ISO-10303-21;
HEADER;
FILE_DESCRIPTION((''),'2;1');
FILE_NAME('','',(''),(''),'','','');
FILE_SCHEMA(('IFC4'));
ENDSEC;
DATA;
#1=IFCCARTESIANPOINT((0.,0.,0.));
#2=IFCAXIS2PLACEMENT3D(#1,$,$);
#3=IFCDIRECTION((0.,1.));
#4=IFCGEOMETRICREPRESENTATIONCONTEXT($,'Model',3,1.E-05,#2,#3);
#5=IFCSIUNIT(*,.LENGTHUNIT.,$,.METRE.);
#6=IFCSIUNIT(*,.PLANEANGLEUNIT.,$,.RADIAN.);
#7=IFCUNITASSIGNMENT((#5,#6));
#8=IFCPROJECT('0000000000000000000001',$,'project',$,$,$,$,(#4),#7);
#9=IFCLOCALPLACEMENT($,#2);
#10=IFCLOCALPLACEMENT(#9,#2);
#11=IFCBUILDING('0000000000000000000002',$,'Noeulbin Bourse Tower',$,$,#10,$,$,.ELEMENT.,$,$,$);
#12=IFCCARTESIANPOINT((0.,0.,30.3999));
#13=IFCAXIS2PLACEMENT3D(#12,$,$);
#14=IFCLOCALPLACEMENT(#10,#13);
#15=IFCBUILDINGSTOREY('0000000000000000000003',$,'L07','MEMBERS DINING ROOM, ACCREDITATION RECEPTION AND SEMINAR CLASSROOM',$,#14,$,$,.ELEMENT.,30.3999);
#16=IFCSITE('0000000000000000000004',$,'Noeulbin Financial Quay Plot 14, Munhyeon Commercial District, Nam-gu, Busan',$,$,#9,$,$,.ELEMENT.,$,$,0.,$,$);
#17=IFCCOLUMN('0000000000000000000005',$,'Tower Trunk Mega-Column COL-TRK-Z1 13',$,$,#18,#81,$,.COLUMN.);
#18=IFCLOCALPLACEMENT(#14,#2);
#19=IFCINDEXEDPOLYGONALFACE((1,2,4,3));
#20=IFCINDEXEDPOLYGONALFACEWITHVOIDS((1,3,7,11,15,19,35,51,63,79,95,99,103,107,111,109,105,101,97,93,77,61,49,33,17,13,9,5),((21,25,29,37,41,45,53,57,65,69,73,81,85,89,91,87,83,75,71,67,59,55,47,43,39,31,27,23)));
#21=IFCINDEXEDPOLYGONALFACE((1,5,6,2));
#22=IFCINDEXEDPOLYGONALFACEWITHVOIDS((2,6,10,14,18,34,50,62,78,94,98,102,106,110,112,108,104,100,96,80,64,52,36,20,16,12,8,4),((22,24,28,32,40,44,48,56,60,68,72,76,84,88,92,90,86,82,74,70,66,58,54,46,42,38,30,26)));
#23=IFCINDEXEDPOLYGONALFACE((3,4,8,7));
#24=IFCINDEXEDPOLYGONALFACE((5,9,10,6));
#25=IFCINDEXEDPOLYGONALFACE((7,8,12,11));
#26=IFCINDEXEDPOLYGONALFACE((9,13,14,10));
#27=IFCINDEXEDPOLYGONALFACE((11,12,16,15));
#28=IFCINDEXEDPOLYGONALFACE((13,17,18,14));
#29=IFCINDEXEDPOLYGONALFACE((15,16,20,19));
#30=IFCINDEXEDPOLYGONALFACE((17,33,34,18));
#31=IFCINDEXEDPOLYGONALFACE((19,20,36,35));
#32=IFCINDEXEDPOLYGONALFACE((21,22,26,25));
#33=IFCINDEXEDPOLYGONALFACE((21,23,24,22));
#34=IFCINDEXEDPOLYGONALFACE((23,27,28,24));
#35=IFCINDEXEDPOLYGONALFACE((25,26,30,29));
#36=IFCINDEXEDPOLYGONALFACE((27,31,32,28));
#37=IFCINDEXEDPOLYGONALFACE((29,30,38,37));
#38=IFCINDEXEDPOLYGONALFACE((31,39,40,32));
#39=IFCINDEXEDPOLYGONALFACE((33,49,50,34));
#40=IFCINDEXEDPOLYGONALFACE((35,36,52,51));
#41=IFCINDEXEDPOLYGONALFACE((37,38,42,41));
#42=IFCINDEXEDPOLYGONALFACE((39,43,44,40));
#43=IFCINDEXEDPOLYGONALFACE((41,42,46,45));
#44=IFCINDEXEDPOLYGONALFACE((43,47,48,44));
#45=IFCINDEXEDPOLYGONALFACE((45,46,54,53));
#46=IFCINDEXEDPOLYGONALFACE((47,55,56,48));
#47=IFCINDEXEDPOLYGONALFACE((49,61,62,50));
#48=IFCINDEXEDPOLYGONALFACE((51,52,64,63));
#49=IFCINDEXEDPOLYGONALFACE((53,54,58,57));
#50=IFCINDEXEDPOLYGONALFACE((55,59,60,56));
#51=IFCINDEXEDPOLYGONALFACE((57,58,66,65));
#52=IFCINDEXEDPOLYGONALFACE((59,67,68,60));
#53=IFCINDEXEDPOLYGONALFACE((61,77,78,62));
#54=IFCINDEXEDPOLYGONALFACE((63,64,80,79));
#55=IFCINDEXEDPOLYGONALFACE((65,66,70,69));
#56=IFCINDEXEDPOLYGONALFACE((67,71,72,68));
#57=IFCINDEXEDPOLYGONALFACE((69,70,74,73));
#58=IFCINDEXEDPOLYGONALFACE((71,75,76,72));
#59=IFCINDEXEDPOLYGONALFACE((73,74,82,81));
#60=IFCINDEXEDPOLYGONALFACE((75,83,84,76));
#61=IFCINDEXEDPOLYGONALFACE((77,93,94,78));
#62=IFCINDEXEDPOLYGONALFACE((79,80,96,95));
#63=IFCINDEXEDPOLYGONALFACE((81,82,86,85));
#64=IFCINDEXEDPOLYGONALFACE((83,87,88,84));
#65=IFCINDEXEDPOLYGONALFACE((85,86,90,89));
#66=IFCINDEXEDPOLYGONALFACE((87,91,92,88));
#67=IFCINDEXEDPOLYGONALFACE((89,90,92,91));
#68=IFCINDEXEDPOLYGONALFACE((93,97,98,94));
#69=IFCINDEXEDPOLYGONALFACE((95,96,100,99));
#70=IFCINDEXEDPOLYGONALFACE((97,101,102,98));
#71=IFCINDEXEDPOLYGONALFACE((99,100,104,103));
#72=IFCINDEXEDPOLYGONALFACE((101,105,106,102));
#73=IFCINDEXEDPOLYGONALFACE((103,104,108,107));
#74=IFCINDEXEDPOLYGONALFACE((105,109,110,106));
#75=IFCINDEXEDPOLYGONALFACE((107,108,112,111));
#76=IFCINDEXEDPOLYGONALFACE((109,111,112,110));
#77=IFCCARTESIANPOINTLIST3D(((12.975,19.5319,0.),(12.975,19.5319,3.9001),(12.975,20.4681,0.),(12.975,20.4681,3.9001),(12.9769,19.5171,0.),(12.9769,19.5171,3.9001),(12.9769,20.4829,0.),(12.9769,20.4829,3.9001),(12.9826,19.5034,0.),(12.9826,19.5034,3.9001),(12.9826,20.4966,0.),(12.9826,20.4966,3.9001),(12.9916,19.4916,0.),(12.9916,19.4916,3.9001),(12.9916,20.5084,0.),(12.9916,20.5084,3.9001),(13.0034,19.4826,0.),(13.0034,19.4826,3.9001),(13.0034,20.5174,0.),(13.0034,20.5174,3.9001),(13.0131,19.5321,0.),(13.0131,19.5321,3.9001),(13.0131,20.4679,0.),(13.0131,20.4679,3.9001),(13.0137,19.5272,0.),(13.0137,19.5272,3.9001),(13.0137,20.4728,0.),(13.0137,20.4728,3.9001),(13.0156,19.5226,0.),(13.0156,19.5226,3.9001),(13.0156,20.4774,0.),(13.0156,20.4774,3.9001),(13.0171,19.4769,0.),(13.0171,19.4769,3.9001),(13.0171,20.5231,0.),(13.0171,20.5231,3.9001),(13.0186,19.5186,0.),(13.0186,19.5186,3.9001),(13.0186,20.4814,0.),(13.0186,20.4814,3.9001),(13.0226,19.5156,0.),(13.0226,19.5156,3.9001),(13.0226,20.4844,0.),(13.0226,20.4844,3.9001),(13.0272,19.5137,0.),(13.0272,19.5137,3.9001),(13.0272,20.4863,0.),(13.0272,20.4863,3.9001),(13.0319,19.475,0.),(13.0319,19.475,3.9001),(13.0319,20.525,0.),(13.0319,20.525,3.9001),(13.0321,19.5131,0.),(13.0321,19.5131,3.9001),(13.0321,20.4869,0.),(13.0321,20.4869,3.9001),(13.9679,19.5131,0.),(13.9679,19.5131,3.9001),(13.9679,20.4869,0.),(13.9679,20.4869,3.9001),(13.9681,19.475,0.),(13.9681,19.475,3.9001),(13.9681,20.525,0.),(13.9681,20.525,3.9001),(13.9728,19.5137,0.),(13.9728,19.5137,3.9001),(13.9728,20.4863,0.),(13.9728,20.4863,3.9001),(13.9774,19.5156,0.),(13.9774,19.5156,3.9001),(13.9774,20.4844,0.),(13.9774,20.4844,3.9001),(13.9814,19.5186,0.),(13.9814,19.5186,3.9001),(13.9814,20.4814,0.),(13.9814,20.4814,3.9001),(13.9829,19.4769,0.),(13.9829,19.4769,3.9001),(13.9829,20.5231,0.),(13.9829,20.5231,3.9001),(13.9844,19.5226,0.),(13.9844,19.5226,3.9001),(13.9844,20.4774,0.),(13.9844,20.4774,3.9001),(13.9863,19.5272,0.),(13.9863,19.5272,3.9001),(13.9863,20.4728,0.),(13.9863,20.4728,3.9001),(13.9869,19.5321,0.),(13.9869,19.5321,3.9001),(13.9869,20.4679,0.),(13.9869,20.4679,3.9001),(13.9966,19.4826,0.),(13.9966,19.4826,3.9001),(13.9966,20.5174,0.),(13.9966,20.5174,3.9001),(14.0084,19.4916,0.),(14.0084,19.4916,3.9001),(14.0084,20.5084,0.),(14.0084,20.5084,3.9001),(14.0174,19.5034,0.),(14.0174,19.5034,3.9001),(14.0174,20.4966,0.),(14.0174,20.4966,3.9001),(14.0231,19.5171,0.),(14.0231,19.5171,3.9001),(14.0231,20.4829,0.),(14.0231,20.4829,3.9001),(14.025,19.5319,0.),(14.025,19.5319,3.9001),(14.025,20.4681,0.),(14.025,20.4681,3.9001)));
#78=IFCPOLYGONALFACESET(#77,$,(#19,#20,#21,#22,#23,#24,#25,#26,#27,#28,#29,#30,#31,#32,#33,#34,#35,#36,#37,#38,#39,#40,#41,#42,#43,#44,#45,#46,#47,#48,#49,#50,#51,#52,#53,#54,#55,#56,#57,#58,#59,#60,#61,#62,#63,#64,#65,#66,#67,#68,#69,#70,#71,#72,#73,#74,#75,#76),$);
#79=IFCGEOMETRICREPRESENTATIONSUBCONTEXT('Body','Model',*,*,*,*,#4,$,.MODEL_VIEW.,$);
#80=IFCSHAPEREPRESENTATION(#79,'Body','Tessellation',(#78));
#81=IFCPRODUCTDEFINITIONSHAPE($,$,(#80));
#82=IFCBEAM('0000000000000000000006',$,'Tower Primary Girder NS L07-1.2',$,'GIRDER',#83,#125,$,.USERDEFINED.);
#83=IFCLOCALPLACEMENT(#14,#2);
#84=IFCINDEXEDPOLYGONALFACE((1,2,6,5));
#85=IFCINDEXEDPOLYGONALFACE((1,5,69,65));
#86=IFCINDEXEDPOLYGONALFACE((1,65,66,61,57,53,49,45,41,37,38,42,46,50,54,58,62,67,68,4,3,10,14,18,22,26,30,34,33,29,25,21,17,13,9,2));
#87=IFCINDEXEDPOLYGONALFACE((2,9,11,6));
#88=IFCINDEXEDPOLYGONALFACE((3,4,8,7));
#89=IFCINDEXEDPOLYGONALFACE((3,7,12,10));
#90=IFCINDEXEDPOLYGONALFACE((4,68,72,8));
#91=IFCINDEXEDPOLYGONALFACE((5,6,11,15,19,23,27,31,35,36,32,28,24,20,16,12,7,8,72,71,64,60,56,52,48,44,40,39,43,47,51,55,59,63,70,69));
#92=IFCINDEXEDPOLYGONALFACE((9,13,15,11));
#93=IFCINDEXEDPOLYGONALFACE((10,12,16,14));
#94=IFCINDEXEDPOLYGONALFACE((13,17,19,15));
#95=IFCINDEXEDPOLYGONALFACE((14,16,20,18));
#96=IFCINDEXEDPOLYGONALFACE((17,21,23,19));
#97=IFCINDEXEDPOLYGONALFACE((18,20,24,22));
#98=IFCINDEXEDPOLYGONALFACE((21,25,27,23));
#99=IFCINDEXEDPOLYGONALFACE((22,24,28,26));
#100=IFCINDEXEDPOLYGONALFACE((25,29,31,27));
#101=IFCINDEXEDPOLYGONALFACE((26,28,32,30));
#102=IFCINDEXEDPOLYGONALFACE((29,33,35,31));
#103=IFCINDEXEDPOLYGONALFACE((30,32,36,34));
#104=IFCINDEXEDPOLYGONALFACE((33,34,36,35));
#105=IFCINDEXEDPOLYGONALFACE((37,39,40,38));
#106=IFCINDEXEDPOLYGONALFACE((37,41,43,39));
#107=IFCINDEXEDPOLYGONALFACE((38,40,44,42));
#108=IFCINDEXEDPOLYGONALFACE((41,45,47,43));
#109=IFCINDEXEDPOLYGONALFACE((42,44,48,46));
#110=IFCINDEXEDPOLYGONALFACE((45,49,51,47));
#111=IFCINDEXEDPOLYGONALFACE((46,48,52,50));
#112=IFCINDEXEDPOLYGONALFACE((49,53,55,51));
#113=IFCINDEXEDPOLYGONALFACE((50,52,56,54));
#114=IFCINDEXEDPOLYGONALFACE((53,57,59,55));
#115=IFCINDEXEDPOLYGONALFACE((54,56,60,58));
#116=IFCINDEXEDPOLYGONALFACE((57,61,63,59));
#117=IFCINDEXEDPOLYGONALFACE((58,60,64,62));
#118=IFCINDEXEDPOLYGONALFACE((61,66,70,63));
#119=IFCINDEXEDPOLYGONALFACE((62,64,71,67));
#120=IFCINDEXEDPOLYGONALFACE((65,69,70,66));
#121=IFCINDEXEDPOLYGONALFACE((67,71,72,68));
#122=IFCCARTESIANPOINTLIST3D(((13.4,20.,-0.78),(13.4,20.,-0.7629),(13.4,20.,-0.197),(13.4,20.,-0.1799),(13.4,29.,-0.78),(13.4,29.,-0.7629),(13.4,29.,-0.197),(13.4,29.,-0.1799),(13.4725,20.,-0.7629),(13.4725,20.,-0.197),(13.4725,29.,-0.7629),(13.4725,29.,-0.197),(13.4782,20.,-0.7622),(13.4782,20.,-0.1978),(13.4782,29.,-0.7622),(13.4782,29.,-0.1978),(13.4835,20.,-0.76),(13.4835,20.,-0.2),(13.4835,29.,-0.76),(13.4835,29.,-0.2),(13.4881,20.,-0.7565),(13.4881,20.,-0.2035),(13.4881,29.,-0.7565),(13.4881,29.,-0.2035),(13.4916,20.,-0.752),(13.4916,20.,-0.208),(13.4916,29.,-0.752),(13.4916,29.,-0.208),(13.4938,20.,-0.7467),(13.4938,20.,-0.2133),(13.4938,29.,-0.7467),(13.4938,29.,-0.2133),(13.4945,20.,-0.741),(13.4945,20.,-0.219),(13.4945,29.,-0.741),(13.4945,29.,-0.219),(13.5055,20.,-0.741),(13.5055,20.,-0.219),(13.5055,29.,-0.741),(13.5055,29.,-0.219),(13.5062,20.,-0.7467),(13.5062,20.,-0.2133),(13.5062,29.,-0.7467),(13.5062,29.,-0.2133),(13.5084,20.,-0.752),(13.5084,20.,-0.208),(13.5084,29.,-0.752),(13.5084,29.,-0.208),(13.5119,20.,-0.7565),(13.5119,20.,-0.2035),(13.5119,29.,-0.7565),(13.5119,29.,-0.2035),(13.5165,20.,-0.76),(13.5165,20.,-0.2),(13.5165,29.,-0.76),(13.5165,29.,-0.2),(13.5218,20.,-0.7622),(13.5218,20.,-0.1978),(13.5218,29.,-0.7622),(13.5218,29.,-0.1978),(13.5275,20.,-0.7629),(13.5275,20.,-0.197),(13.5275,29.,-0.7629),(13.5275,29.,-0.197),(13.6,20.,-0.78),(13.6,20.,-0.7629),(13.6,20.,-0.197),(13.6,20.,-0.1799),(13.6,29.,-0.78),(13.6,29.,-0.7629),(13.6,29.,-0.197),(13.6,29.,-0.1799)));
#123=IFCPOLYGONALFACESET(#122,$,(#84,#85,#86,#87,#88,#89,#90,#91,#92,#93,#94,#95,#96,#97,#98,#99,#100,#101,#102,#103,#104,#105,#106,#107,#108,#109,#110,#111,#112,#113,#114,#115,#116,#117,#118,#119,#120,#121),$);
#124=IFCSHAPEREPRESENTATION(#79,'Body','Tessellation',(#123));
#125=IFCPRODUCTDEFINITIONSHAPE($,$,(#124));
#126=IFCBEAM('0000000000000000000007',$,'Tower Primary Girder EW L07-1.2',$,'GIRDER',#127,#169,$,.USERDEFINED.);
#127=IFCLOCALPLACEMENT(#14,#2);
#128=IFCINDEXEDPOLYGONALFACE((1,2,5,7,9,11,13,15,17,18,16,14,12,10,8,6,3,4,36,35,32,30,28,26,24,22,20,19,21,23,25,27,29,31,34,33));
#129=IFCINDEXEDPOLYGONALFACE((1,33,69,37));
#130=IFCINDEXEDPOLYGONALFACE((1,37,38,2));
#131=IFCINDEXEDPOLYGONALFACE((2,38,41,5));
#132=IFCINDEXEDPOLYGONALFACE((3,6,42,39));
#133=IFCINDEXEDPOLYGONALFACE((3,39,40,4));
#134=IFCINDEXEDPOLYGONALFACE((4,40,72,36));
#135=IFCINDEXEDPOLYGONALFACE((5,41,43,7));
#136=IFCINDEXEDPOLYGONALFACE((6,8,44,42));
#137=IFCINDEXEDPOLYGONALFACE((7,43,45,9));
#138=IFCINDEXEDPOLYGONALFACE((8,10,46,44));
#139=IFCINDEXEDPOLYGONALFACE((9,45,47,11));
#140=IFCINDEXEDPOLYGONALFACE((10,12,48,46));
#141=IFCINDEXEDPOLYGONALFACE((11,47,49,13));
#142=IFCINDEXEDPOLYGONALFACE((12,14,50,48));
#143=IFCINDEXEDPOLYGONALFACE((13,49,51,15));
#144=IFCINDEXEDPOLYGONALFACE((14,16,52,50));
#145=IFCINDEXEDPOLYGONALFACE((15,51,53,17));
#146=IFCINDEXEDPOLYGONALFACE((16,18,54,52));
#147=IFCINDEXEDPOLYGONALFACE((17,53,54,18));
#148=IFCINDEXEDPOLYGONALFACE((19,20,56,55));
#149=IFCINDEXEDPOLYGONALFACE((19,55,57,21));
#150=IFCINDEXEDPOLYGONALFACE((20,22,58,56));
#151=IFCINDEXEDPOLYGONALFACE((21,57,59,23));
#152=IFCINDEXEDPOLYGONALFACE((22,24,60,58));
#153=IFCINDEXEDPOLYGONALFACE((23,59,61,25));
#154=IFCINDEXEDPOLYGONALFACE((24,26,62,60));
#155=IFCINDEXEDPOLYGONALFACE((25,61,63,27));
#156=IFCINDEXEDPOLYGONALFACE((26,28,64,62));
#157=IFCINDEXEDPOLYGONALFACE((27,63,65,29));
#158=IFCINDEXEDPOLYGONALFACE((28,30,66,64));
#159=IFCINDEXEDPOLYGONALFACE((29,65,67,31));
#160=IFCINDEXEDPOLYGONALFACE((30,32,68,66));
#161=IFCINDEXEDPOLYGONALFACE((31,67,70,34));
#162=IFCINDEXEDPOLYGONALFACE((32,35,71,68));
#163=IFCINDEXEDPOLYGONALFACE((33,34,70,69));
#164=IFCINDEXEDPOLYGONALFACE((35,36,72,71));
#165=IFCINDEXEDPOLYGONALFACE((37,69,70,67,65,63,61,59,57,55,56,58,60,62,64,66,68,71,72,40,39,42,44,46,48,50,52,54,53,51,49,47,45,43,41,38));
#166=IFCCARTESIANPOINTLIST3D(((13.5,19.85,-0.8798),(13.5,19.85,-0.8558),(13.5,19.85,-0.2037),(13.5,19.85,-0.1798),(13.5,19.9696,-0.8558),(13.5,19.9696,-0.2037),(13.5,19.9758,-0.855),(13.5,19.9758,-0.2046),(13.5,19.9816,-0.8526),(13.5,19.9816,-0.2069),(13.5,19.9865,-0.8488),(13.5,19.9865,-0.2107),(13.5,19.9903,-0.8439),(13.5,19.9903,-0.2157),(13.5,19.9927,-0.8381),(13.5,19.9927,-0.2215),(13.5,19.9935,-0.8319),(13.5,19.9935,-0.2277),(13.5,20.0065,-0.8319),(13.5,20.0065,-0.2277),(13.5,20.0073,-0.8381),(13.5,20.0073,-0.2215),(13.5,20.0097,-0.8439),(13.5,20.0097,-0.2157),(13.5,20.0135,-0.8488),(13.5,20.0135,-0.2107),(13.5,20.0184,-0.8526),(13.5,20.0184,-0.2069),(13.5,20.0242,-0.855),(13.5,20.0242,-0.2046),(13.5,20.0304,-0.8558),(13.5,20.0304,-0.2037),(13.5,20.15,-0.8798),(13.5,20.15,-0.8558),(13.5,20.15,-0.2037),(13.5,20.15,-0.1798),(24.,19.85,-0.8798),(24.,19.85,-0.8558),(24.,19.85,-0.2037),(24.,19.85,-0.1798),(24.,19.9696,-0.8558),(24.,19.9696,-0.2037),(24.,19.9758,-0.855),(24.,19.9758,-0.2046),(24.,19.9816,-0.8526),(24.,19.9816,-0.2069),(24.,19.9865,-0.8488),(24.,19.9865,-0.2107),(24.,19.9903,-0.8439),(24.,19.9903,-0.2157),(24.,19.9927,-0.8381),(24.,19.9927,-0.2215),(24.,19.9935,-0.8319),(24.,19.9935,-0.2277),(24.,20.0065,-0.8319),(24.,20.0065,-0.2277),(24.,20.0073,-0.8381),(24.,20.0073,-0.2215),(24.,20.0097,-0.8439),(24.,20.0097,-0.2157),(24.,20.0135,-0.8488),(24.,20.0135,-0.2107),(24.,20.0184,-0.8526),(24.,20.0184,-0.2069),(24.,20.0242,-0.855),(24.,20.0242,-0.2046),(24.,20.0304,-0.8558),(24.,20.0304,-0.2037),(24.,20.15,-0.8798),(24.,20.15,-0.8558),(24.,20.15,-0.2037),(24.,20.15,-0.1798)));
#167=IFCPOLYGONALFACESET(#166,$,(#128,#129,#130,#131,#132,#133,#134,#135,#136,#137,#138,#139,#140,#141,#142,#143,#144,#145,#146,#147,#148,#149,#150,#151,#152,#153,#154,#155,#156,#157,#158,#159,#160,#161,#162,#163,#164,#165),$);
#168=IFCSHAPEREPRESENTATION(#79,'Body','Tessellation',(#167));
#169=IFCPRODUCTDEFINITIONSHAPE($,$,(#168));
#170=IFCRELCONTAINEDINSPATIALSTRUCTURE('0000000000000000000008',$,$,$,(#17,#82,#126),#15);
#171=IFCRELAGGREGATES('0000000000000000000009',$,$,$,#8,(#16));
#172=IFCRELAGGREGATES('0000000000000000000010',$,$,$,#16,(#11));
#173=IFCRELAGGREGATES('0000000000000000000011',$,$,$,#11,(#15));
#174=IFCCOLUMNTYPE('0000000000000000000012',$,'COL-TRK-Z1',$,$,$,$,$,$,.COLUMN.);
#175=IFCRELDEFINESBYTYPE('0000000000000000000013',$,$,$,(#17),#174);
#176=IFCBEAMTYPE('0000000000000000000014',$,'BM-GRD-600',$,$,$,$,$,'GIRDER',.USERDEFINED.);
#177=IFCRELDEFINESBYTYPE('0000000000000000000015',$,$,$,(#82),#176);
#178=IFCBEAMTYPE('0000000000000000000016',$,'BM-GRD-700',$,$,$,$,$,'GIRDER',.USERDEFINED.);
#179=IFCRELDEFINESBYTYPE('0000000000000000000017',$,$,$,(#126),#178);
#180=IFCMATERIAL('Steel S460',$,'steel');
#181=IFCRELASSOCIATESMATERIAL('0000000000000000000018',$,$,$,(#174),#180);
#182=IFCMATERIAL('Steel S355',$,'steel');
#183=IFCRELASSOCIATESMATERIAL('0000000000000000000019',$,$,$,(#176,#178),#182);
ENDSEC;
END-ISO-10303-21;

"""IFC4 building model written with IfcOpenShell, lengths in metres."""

from ifc_helpers import new_model, si_unit, direction, frame, origin, origin_2d, place, context, subcontext, project, spatial, hollow_rectangle, i_section, extrude, material, material_profile, profile_set, type_object, element, save


model = new_model("IFC4")

# Units and contexts
model_context = context("Model", 3, precision=1e-05, world=origin(), true_north=direction((0.0, 1.0)))
body_context = subcontext(model_context, "Body", "Model", "MODEL_VIEW")
ifc_project = project(units=[si_unit("LENGTHUNIT", "METRE"), si_unit("PLANEANGLEUNIT", "RADIAN")], contexts=[model_context])

# Site, building, storey
site_placement = place(None, origin())
site = spatial("IfcSite", under=ifc_project, at=site_placement, Name="Noeulbin Financial Quay Plot 14, Munhyeon Commercial District, Nam-gu, Busan", CompositionType="ELEMENT", RefElevation=0.0)
building_placement = place(site_placement, origin())
building = spatial("IfcBuilding", under=site, at=building_placement, Name="Noeulbin Bourse Tower", CompositionType="ELEMENT")
storey_placement = place(building_placement, frame((0.0, 0.0, 30.3999)))
storey = spatial("IfcBuildingStorey", under=building, at=storey_placement, Name="L07", Description="MEMBERS DINING ROOM, ACCREDITATION RECEPTION AND SEMINAR CLASSROOM", CompositionType="ELEMENT", Elevation=30.3999)

# Column
ifc_material_1 = material(Name="Steel S460", Category="steel")
ifc_material_profile_1 = material_profile(ifc_material_1, hollow_rectangle(XDim=1.05, YDim=1.05, WallThickness=0.0381, InnerFilletRadius=0.019, OuterFilletRadius=0.0569, at=origin_2d()), Name="BOX-1050x1050x38", Category="LoadBearing")
ifc_profile_set_1 = profile_set([ifc_material_profile_1], Name="Steel S460")
column_type = type_object("IfcColumnType", Name="COL-TRK-Z1", PredefinedType="COLUMN", material=ifc_profile_set_1)
column_placement = place(storey_placement, frame((13.5, 20.0, 0.0), z_axis=(0.0, 0.0, 1.0), x_axis=(1.0, 0.0, 0.0)))
element("IfcColumn", 1, at=column_placement, inside=storey, type_object=column_type, Name="Tower Trunk Mega-Column COL-TRK-Z1 13", PredefinedType="COLUMN", context=body_context, shape_type="SweptSolid", body=[
    extrude(hollow_rectangle(XDim=1.05, YDim=1.05, WallThickness=0.0381, InnerFilletRadius=0.019, OuterFilletRadius=0.0569, at=origin_2d()), origin(), (0.0, 0.0, 1.0), 3.9001),
])

# Beams
ifc_material_2 = material(Name="Steel S355", Category="steel")
ifc_material_profile_2 = material_profile(ifc_material_2, i_section(OverallWidth=0.2, OverallDepth=0.6001, WebThickness=0.011, FlangeThickness=0.0171, FilletRadius=0.022, at=origin_2d()), Name="H-600x200x11x17", Category="LoadBearing")
ifc_profile_set_2 = profile_set([ifc_material_profile_2], Name="Steel S355")
beam_type_1 = type_object("IfcBeamType", Name="BM-GRD-600", ElementType="GIRDER", PredefinedType="USERDEFINED", material=ifc_profile_set_2)
beam_1_placement = place(storey_placement, frame((13.5, 20.0, -0.48), z_axis=(0.0, 1.0, 0.0), x_axis=(-1.0, 0.0, 0.0)))
element("IfcBeam", 2, at=beam_1_placement, inside=storey, type_object=beam_type_1, Name="Tower Primary Girder NS L07-1.2", ObjectType="GIRDER", PredefinedType="USERDEFINED", context=body_context, shape_type="SweptSolid", body=[
    extrude(i_section(OverallWidth=0.2, OverallDepth=0.6001, WebThickness=0.011, FlangeThickness=0.0171, FilletRadius=0.022, at=origin_2d()), origin(), (0.0, 0.0, 1.0), 9.0),
])
ifc_material_profile_3 = material_profile(ifc_material_2, i_section(OverallWidth=0.3, OverallDepth=0.7, WebThickness=0.0129, FlangeThickness=0.0239, FilletRadius=0.0239, at=origin_2d()), Name="H-700x300x13x24", Category="LoadBearing")
ifc_profile_set_3 = profile_set([ifc_material_profile_3], Name="Steel S355")
beam_type_2 = type_object("IfcBeamType", Name="BM-GRD-700", ElementType="GIRDER", PredefinedType="USERDEFINED", material=ifc_profile_set_3)
beam_2_placement = place(storey_placement, frame((13.5, 20.0, -0.5298), z_axis=(1.0, 0.0, 0.0), x_axis=(0.0, 1.0, 0.0)))
element("IfcBeam", 3, at=beam_2_placement, inside=storey, type_object=beam_type_2, Name="Tower Primary Girder EW L07-1.2", ObjectType="GIRDER", PredefinedType="USERDEFINED", context=body_context, shape_type="SweptSolid", body=[
    extrude(i_section(OverallWidth=0.3, OverallDepth=0.7, WebThickness=0.0129, FlangeThickness=0.0239, FilletRadius=0.0239, at=origin_2d()), origin(), (0.0, 0.0, 1.0), 10.5),
])

save(model, "model.ifc")
